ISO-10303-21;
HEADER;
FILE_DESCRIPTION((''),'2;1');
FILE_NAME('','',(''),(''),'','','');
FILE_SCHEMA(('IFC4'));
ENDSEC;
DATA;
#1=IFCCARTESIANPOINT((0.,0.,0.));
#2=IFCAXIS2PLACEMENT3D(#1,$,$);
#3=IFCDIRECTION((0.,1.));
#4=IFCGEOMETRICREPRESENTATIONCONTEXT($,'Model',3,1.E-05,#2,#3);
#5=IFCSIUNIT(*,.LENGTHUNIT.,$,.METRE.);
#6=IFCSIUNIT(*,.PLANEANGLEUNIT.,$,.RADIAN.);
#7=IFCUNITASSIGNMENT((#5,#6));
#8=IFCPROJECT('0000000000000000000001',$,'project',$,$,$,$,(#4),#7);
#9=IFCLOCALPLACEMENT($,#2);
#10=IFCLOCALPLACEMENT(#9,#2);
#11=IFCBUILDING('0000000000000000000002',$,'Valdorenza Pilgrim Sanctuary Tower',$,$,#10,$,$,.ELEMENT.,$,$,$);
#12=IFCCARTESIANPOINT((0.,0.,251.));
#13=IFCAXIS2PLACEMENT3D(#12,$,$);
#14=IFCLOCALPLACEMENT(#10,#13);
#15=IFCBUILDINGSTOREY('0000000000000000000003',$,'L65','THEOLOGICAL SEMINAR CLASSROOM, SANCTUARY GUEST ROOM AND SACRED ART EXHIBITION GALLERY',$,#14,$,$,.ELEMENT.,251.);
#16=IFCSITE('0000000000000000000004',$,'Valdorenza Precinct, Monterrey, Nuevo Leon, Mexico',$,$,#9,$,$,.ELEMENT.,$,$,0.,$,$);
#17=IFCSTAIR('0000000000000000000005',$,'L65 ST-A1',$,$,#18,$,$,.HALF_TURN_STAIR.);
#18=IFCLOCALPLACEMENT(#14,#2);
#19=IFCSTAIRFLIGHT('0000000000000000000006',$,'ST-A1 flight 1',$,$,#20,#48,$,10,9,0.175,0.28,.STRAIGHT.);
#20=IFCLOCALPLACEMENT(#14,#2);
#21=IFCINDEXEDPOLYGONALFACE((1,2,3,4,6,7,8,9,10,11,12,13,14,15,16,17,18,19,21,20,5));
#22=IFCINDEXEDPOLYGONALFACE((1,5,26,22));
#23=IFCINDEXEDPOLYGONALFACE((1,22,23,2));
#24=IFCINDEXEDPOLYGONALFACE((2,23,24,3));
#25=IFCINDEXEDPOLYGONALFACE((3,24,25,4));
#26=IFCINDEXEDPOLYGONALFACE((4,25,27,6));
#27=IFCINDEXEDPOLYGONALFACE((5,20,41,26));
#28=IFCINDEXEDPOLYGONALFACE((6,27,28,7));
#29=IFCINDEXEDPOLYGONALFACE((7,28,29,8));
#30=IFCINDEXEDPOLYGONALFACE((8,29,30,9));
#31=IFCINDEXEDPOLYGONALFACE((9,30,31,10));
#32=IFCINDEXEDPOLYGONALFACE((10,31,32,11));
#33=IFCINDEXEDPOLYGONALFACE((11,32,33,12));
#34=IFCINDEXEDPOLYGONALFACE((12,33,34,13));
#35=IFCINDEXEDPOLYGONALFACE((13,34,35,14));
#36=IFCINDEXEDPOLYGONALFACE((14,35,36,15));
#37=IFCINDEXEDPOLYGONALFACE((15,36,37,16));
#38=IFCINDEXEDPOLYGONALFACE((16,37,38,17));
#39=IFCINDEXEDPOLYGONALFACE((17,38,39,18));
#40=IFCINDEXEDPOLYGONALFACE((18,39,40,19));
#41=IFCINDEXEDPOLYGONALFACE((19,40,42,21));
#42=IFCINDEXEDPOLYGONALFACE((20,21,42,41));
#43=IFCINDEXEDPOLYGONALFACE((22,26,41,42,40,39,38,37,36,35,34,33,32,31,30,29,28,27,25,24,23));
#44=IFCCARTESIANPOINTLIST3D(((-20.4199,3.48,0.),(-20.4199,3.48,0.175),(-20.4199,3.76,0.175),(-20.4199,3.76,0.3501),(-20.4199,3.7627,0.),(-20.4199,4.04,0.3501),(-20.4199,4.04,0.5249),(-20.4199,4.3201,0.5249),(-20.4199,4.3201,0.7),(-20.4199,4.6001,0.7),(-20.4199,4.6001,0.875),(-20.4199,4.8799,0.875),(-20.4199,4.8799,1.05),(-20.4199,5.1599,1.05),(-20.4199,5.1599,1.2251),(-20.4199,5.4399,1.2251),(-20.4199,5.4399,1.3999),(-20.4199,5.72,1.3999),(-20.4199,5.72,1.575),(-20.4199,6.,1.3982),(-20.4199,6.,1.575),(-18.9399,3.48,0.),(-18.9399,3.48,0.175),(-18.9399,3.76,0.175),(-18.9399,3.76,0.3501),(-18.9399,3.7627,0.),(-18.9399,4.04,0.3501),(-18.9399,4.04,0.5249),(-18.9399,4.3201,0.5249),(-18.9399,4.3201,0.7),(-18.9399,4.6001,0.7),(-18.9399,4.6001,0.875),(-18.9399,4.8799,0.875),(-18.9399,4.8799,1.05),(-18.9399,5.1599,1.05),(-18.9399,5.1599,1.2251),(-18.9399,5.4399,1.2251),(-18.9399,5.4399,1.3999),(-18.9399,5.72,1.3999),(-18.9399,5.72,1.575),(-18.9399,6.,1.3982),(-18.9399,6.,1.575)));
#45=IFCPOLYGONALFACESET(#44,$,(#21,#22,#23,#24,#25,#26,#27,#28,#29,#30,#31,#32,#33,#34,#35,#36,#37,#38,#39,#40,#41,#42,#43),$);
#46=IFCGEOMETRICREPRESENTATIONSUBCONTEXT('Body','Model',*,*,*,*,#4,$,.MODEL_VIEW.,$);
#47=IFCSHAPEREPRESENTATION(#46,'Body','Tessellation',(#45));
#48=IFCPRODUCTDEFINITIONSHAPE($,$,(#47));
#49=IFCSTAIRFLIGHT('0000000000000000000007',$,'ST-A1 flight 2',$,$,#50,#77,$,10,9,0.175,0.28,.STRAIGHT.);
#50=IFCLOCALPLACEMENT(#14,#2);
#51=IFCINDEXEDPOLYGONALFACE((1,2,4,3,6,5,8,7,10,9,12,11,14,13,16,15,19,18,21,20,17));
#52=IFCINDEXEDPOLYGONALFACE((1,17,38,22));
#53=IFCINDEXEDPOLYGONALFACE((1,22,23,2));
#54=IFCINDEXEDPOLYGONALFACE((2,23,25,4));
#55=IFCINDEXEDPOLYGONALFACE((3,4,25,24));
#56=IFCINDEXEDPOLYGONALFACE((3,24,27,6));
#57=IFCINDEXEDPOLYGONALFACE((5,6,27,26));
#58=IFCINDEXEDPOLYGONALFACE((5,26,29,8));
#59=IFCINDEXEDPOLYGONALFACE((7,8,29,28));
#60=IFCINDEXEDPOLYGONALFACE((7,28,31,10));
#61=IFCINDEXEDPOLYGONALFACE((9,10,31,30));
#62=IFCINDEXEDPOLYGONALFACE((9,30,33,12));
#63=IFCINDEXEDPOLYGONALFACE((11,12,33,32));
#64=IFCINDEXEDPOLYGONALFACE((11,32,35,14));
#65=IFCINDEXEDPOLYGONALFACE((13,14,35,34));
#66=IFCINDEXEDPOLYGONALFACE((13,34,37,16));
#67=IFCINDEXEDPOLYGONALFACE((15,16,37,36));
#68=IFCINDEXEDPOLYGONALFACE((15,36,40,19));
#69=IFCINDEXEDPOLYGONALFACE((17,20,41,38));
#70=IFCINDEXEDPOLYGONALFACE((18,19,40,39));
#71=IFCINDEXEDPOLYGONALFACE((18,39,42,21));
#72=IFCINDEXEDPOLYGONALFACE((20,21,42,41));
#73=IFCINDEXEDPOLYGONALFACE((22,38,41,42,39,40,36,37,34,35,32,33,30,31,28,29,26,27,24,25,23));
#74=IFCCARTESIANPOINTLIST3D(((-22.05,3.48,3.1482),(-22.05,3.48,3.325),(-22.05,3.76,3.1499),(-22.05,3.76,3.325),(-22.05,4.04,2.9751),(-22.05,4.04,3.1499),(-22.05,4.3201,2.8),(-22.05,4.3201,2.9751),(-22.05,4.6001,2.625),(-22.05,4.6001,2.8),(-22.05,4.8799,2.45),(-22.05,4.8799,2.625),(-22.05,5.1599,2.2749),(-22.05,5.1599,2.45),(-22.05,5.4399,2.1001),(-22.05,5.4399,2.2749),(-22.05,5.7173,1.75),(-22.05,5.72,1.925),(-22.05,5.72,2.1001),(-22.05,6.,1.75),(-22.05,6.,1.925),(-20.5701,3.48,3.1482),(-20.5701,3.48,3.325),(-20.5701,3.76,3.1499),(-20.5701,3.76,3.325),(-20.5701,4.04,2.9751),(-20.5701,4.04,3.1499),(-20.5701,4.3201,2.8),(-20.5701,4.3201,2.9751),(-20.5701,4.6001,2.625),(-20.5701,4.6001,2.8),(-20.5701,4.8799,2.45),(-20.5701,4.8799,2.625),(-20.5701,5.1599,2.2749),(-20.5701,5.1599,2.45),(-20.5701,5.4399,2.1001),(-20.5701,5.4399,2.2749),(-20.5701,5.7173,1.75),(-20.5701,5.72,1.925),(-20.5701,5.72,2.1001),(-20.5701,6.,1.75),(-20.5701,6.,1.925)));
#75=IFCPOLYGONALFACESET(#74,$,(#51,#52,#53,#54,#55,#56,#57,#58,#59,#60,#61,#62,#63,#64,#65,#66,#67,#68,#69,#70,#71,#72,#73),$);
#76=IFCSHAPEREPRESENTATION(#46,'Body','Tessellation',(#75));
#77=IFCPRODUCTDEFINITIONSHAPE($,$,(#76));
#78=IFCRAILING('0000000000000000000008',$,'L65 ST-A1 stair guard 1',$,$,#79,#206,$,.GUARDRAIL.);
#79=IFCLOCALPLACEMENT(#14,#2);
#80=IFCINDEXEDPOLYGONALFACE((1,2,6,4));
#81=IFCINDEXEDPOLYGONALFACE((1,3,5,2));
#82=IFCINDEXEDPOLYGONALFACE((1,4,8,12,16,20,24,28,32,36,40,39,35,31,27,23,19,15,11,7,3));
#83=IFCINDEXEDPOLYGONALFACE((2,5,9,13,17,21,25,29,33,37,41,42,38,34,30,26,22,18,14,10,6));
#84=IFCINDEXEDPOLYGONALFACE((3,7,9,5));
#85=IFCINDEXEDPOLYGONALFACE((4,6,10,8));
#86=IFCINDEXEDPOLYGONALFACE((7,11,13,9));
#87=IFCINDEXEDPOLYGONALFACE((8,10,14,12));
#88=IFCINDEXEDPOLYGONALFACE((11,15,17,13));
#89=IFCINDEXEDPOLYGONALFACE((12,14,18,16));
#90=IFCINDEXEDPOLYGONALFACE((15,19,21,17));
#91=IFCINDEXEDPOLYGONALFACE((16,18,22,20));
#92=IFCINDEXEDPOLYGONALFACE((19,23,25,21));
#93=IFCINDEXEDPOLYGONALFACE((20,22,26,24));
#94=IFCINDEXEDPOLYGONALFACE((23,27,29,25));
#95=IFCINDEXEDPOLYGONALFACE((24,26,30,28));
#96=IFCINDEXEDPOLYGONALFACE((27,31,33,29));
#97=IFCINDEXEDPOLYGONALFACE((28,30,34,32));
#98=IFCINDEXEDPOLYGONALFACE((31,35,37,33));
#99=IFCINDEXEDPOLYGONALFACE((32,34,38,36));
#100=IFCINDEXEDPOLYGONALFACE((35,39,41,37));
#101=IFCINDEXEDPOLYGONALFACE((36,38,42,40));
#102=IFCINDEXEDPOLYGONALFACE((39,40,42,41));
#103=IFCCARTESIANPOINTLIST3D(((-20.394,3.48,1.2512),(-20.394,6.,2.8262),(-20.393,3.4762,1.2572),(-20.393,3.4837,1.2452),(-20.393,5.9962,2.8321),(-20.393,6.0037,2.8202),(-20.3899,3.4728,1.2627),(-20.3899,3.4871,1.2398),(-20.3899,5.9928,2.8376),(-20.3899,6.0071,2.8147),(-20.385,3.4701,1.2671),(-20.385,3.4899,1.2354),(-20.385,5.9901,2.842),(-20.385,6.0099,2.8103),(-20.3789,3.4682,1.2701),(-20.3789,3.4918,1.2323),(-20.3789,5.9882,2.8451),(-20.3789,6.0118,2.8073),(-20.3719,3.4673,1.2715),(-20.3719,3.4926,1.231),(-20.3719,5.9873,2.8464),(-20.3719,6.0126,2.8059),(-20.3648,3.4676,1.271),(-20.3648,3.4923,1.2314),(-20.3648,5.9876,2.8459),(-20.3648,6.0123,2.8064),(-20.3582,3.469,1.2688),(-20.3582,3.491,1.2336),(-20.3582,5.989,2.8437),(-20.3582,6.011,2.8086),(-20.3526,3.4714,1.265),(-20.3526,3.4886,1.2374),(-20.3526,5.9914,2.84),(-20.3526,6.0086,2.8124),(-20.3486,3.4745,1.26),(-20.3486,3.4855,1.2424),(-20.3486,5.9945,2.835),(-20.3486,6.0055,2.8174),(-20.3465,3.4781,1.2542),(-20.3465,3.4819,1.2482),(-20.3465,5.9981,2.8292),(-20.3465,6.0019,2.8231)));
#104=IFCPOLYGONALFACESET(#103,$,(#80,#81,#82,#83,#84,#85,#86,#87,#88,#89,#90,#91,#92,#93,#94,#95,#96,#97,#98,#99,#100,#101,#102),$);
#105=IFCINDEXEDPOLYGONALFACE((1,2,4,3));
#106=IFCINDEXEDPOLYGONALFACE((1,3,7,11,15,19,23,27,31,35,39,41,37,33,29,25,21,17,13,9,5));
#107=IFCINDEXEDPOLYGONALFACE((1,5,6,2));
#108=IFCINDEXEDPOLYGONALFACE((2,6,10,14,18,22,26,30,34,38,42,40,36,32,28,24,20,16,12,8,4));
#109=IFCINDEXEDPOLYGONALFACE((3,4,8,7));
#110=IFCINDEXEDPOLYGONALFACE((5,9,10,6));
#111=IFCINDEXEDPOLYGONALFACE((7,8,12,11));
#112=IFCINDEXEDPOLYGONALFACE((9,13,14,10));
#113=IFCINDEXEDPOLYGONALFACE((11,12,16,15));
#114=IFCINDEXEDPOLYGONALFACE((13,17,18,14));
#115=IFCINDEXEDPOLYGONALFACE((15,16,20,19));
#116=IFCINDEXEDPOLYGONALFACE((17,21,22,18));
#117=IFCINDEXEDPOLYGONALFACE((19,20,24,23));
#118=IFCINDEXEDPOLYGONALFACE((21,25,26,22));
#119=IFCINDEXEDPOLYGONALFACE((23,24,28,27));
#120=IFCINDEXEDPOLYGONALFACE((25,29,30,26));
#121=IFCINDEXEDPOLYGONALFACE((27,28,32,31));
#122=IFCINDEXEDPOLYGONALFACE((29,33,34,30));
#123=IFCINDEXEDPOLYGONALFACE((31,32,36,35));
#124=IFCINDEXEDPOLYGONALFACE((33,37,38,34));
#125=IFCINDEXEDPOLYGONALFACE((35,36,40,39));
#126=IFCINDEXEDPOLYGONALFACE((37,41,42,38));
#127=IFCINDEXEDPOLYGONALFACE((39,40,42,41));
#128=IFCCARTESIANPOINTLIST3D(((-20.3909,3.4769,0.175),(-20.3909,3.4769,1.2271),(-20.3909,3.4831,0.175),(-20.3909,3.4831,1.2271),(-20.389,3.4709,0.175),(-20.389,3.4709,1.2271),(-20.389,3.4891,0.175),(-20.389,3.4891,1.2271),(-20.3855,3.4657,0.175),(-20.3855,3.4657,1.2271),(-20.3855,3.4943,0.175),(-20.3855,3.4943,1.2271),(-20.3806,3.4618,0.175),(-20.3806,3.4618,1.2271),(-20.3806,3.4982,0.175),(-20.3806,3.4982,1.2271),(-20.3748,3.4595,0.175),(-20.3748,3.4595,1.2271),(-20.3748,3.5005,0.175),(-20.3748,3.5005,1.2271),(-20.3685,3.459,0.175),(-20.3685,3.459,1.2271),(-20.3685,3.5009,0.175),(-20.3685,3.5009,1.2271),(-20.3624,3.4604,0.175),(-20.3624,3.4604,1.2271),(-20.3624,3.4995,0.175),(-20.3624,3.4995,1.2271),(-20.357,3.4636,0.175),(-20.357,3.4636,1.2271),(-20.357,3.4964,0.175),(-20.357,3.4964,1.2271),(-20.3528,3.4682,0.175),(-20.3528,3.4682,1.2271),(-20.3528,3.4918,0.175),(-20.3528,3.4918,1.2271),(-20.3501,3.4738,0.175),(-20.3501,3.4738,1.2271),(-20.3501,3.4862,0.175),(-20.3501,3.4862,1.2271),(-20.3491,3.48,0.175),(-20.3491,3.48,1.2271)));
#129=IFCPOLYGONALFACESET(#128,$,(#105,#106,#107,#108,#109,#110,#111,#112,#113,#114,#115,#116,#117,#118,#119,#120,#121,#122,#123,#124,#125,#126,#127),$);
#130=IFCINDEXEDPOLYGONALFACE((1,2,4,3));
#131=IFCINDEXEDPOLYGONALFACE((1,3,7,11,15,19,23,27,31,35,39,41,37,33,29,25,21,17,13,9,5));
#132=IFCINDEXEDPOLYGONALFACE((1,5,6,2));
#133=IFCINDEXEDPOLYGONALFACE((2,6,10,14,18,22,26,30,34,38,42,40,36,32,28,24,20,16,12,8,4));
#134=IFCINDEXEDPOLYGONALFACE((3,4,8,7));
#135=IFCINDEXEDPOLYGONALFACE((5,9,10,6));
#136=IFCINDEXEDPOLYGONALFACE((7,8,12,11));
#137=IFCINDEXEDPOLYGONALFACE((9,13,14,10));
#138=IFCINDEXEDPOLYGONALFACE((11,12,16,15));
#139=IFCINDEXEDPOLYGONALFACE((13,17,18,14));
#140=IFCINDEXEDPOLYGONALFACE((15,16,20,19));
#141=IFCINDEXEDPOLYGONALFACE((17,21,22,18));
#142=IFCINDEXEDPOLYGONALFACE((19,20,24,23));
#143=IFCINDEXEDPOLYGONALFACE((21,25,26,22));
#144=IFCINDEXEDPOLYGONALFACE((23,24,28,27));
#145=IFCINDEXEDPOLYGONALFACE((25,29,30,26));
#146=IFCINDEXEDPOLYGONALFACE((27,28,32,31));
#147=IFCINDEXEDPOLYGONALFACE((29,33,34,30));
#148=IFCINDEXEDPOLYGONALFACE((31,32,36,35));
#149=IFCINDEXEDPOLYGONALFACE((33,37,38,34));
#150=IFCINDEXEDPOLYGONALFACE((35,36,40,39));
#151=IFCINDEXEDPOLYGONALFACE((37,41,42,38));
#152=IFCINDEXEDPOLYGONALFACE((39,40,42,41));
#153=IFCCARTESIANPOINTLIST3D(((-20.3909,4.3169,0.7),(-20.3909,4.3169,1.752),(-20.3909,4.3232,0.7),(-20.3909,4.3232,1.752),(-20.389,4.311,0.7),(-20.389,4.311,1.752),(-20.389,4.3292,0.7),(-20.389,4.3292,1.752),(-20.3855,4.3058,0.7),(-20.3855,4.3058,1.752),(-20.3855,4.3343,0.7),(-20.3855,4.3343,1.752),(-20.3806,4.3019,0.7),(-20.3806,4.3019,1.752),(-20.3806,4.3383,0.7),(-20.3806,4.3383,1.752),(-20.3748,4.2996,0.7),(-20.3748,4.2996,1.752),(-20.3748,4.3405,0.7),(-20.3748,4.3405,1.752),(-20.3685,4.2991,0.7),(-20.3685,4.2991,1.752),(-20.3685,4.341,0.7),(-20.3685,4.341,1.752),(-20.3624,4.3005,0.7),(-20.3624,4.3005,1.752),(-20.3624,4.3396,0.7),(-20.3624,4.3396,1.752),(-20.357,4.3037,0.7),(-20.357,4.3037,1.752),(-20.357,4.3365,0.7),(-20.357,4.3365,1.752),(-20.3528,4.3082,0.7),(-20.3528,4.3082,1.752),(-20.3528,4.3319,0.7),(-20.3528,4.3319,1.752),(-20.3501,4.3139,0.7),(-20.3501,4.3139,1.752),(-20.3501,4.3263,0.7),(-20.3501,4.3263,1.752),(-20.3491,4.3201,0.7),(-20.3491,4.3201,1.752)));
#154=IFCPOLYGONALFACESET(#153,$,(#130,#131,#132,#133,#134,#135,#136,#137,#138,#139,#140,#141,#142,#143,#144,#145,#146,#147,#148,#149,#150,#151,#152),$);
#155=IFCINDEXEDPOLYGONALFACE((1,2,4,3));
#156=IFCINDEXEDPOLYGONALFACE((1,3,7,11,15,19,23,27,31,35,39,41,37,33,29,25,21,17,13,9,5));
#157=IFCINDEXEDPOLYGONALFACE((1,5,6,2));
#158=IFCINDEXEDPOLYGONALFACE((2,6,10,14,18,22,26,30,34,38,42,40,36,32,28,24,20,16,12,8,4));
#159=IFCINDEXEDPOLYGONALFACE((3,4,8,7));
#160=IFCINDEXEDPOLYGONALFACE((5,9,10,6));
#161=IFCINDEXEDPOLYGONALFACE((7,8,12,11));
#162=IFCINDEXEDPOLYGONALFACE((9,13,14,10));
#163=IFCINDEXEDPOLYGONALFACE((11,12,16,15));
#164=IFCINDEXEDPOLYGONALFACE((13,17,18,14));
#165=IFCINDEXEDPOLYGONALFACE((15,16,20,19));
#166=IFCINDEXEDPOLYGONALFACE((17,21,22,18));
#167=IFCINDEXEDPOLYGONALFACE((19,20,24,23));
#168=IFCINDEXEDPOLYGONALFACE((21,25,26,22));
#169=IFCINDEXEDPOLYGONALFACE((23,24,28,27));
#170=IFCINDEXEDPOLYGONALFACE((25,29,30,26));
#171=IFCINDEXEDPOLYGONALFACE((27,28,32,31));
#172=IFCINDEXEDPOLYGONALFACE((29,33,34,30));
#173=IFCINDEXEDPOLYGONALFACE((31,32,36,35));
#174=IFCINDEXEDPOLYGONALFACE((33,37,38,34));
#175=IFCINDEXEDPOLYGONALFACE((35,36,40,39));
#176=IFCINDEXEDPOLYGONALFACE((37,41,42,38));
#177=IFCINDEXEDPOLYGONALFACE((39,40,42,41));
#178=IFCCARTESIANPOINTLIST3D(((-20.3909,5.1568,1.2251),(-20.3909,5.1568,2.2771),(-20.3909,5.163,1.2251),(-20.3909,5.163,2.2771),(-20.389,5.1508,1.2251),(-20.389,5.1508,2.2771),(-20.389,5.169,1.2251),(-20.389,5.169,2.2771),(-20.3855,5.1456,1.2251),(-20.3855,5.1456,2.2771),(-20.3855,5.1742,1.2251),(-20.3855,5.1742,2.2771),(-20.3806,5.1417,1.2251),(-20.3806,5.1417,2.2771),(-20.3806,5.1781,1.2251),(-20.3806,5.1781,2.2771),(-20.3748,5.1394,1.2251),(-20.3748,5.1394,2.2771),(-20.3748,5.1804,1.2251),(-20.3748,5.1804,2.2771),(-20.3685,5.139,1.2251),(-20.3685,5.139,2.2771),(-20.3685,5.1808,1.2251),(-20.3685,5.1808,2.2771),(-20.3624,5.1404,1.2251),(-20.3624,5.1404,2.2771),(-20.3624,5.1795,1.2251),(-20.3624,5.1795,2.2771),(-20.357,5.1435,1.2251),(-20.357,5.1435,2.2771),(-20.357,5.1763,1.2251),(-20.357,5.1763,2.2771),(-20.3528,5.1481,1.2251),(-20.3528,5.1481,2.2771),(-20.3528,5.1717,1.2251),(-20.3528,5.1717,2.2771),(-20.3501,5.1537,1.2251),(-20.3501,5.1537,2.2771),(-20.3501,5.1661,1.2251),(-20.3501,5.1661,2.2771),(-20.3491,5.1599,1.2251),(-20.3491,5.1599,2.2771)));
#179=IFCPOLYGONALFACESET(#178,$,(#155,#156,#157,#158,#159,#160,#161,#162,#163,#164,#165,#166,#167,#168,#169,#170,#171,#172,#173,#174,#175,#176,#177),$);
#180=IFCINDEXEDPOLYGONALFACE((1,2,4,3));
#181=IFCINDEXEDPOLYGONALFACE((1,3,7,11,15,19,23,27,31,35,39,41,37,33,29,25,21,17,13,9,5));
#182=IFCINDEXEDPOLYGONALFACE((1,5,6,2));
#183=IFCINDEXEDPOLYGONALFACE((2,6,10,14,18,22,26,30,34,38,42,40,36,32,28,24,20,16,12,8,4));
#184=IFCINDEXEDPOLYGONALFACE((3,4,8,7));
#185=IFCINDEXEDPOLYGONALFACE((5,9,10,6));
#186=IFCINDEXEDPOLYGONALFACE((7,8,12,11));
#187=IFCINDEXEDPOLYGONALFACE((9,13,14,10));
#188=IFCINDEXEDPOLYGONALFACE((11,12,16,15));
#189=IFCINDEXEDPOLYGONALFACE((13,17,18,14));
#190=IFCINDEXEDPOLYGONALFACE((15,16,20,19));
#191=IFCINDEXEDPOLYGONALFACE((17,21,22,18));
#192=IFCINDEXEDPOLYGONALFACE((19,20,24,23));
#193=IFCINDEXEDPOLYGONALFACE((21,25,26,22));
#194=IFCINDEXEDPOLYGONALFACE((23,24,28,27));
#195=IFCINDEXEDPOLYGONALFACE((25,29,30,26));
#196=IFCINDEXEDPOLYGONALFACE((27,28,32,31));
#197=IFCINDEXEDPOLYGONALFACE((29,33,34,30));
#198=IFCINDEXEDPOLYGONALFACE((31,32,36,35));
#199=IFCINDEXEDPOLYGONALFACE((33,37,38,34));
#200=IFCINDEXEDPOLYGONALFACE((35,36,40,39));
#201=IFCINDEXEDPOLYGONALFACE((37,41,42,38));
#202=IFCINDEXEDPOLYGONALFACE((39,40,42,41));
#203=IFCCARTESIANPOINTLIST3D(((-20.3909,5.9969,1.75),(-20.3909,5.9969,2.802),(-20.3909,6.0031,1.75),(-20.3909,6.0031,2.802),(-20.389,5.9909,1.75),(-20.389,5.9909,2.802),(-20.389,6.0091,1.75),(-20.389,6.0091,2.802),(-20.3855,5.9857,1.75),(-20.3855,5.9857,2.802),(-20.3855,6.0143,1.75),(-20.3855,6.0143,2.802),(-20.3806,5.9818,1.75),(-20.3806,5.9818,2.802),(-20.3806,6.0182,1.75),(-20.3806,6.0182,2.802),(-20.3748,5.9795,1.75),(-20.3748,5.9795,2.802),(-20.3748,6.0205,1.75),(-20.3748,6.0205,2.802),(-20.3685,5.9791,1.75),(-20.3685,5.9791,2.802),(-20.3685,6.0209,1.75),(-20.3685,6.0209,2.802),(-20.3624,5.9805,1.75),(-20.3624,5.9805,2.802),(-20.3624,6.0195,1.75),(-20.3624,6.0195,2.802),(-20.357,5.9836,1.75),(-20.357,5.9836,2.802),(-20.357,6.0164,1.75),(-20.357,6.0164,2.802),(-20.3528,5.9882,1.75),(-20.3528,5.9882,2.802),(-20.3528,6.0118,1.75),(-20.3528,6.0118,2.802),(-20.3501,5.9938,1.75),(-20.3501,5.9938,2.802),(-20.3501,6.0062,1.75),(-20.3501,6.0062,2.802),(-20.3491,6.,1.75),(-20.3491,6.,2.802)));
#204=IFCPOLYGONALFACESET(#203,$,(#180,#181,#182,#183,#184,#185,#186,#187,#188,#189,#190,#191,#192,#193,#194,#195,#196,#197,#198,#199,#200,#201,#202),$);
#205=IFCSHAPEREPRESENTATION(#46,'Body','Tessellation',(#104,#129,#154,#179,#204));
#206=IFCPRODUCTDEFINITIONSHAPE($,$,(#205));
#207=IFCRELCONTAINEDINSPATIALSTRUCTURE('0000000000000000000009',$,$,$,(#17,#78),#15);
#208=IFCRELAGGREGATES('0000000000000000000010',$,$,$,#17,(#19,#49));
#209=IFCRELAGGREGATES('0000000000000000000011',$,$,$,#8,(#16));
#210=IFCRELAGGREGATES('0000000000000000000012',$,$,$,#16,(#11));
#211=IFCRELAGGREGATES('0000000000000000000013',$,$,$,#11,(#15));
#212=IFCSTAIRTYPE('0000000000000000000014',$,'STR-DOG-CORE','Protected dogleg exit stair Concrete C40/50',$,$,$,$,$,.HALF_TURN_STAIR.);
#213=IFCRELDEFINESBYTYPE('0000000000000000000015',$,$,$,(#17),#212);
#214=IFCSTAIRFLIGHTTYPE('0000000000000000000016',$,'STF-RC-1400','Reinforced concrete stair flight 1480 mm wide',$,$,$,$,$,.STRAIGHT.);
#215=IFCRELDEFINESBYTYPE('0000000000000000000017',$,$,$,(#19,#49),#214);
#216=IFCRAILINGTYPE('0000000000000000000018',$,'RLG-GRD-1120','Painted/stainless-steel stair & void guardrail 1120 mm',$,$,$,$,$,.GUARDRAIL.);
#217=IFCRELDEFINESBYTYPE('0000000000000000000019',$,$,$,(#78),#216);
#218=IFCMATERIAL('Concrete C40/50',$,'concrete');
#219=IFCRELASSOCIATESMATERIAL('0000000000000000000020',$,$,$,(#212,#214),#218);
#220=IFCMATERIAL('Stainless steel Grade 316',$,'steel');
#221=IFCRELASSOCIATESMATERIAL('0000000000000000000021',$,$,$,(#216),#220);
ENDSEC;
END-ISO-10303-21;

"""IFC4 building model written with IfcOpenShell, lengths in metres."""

from ifc_helpers import new_model, si_unit, direction, frame, origin, origin_2d, place, context, subcontext, project, spatial, polyline, circle, outline, extrude, material, type_object, element, aggregate, save


model = new_model("IFC4")

# Units and contexts
model_context = context("Model", 3, precision=1e-05, world=origin(), true_north=direction((0.0, 1.0)))
body_context = subcontext(model_context, "Body", "Model", "MODEL_VIEW")
ifc_project = project(units=[si_unit("LENGTHUNIT", "METRE"), si_unit("PLANEANGLEUNIT", "RADIAN")], contexts=[model_context])

# Site, building, storey
site_placement = place(None, origin())
site = spatial("IfcSite", under=ifc_project, at=site_placement, Name="Valdorenza Precinct, Monterrey, Nuevo Leon, Mexico", CompositionType="ELEMENT", RefElevation=0.0)
building_placement = place(site_placement, origin())
building = spatial("IfcBuilding", under=site, at=building_placement, Name="Valdorenza Pilgrim Sanctuary Tower", CompositionType="ELEMENT")
storey_placement = place(building_placement, frame((0.0, 0.0, 251.0)))
storey = spatial("IfcBuildingStorey", under=building, at=storey_placement, Name="L65", Description="THEOLOGICAL SEMINAR CLASSROOM, SANCTUARY GUEST ROOM AND SACRED ART EXHIBITION GALLERY", CompositionType="ELEMENT", Elevation=251.0)

# Shared definitions
ifc_material_1 = material(Name="Concrete C40/50", Category="concrete")

# Stair, stair flights
stair_type = type_object("IfcStairType", Name="STR-DOG-CORE", Description="Protected dogleg exit stair Concrete C40/50", PredefinedType="HALF_TURN_STAIR", material=ifc_material_1)
stair_placement = place(storey_placement, origin())
stair = element("IfcStair", 1, at=stair_placement, inside=storey, type_object=stair_type, Name="L65 ST-A1", PredefinedType="HALF_TURN_STAIR")
stair_flight_type = type_object("IfcStairFlightType", Name="STF-RC-1400", Description="Reinforced concrete stair flight 1480 mm wide", PredefinedType="STRAIGHT", material=ifc_material_1)
stair_flight_1_placement = place(storey_placement, frame((-19.6799, 3.48, 0.0), z_axis=(0.0, 0.0, 1.0), x_axis=(0.0, 1.0, 0.0)))
stair_flight_1 = element("IfcStairFlight", 2, at=stair_flight_1_placement, type_object=stair_flight_type, Name="ST-A1 flight 1", NumberOfRisers=10, NumberOfTreads=9, PredefinedType="STRAIGHT", RiserHeight=0.175, TreadLength=0.28, context=body_context, shape_type="SweptSolid", body=[
    extrude(outline(polyline([(0.0, 0.0), (0.0, 0.175), (0.28, 0.175), (0.28, 0.3501), (0.5601, 0.3501), (0.5601, 0.5249), (0.8401, 0.5249), (0.8401, 0.7), (1.1201, 0.7), (1.1201, 0.875), (1.3999, 0.875), (1.3999, 1.05), (1.6799, 1.05), (1.6799, 1.2251), (1.96, 1.2251), (1.96, 1.3999), (2.24, 1.3999), (2.24, 1.575), (2.52, 1.575), (2.52, 1.75), (2.52, 1.3982), (0.2827, 0.0), (0.0, 0.0)])), frame((0.0, 0.74, 0.0), z_axis=(0.0, -1.0, 0.0), x_axis=(1.0, 0.0, 0.0)), (0.0, 0.0, 1.0), 1.48),
])
stair_flight_2_placement = place(storey_placement, frame((-21.3101, 6.0, 1.75), z_axis=(0.0, 0.0, 1.0), x_axis=(0.0, -1.0, 0.0)))
stair_flight_2 = element("IfcStairFlight", 3, at=stair_flight_2_placement, type_object=stair_flight_type, Name="ST-A1 flight 2", NumberOfRisers=10, NumberOfTreads=9, PredefinedType="STRAIGHT", RiserHeight=0.175, TreadLength=0.28, context=body_context, shape_type="SweptSolid", body=[
    extrude(outline(polyline([(0.0, 0.0), (0.0, 0.175), (0.28, 0.175), (0.28, 0.3501), (0.5601, 0.3501), (0.5601, 0.5249), (0.8401, 0.5249), (0.8401, 0.7), (1.1201, 0.7), (1.1201, 0.875), (1.3999, 0.875), (1.3999, 1.05), (1.6799, 1.05), (1.6799, 1.2251), (1.96, 1.2251), (1.96, 1.3999), (2.24, 1.3999), (2.24, 1.575), (2.52, 1.575), (2.52, 1.75), (2.52, 1.3982), (0.2827, 0.0), (0.0, 0.0)])), frame((0.0, 0.74, 0.0), z_axis=(0.0, -1.0, 0.0), x_axis=(1.0, 0.0, 0.0)), (0.0, 0.0, 1.0), 1.48),
])
aggregate(stair, [stair_flight_1, stair_flight_2])

# Railing
ifc_material_2 = material(Name="Stainless steel Grade 316", Category="steel")
railing_type_1 = type_object("IfcRailingType", Name="RLG-GRD-1120", Description="Painted/stainless-steel stair & void guardrail 1120 mm", PredefinedType="GUARDRAIL", material=ifc_material_2)
railing_1_placement = place(storey_placement, frame((-20.3701, 3.48, 0.175)))
element("IfcRailing", 4, at=railing_1_placement, inside=storey, type_object=railing_type_1, Name="L65 ST-A1 stair guard 1", PredefinedType="GUARDRAIL", context=body_context, shape_type="SweptSolid", body=[
    extrude(circle(Radius=0.0239, at=origin_2d()), frame((0.0, 0.0, 1.0762), z_axis=(0.0, 0.848008, 0.529984), x_axis=(-1.0, 0.0, 0.0)), (0.0, 0.0, 1.0), 2.9717),
    extrude(circle(Radius=0.021, at=origin_2d()), origin(), (0.0, 0.0, 1.0), 1.052),
    extrude(circle(Radius=0.021, at=origin_2d()), frame((0.0, 0.8401, 0.5249)), (0.0, 0.0, 1.0), 1.052),
    extrude(circle(Radius=0.021, at=origin_2d()), frame((0.0, 1.6799, 1.05)), (0.0, 0.0, 1.0), 1.052),
    extrude(circle(Radius=0.021, at=origin_2d()), frame((0.0, 2.52, 1.575)), (0.0, 0.0, 1.0), 1.052),
])

save(model, "model.ifc")
